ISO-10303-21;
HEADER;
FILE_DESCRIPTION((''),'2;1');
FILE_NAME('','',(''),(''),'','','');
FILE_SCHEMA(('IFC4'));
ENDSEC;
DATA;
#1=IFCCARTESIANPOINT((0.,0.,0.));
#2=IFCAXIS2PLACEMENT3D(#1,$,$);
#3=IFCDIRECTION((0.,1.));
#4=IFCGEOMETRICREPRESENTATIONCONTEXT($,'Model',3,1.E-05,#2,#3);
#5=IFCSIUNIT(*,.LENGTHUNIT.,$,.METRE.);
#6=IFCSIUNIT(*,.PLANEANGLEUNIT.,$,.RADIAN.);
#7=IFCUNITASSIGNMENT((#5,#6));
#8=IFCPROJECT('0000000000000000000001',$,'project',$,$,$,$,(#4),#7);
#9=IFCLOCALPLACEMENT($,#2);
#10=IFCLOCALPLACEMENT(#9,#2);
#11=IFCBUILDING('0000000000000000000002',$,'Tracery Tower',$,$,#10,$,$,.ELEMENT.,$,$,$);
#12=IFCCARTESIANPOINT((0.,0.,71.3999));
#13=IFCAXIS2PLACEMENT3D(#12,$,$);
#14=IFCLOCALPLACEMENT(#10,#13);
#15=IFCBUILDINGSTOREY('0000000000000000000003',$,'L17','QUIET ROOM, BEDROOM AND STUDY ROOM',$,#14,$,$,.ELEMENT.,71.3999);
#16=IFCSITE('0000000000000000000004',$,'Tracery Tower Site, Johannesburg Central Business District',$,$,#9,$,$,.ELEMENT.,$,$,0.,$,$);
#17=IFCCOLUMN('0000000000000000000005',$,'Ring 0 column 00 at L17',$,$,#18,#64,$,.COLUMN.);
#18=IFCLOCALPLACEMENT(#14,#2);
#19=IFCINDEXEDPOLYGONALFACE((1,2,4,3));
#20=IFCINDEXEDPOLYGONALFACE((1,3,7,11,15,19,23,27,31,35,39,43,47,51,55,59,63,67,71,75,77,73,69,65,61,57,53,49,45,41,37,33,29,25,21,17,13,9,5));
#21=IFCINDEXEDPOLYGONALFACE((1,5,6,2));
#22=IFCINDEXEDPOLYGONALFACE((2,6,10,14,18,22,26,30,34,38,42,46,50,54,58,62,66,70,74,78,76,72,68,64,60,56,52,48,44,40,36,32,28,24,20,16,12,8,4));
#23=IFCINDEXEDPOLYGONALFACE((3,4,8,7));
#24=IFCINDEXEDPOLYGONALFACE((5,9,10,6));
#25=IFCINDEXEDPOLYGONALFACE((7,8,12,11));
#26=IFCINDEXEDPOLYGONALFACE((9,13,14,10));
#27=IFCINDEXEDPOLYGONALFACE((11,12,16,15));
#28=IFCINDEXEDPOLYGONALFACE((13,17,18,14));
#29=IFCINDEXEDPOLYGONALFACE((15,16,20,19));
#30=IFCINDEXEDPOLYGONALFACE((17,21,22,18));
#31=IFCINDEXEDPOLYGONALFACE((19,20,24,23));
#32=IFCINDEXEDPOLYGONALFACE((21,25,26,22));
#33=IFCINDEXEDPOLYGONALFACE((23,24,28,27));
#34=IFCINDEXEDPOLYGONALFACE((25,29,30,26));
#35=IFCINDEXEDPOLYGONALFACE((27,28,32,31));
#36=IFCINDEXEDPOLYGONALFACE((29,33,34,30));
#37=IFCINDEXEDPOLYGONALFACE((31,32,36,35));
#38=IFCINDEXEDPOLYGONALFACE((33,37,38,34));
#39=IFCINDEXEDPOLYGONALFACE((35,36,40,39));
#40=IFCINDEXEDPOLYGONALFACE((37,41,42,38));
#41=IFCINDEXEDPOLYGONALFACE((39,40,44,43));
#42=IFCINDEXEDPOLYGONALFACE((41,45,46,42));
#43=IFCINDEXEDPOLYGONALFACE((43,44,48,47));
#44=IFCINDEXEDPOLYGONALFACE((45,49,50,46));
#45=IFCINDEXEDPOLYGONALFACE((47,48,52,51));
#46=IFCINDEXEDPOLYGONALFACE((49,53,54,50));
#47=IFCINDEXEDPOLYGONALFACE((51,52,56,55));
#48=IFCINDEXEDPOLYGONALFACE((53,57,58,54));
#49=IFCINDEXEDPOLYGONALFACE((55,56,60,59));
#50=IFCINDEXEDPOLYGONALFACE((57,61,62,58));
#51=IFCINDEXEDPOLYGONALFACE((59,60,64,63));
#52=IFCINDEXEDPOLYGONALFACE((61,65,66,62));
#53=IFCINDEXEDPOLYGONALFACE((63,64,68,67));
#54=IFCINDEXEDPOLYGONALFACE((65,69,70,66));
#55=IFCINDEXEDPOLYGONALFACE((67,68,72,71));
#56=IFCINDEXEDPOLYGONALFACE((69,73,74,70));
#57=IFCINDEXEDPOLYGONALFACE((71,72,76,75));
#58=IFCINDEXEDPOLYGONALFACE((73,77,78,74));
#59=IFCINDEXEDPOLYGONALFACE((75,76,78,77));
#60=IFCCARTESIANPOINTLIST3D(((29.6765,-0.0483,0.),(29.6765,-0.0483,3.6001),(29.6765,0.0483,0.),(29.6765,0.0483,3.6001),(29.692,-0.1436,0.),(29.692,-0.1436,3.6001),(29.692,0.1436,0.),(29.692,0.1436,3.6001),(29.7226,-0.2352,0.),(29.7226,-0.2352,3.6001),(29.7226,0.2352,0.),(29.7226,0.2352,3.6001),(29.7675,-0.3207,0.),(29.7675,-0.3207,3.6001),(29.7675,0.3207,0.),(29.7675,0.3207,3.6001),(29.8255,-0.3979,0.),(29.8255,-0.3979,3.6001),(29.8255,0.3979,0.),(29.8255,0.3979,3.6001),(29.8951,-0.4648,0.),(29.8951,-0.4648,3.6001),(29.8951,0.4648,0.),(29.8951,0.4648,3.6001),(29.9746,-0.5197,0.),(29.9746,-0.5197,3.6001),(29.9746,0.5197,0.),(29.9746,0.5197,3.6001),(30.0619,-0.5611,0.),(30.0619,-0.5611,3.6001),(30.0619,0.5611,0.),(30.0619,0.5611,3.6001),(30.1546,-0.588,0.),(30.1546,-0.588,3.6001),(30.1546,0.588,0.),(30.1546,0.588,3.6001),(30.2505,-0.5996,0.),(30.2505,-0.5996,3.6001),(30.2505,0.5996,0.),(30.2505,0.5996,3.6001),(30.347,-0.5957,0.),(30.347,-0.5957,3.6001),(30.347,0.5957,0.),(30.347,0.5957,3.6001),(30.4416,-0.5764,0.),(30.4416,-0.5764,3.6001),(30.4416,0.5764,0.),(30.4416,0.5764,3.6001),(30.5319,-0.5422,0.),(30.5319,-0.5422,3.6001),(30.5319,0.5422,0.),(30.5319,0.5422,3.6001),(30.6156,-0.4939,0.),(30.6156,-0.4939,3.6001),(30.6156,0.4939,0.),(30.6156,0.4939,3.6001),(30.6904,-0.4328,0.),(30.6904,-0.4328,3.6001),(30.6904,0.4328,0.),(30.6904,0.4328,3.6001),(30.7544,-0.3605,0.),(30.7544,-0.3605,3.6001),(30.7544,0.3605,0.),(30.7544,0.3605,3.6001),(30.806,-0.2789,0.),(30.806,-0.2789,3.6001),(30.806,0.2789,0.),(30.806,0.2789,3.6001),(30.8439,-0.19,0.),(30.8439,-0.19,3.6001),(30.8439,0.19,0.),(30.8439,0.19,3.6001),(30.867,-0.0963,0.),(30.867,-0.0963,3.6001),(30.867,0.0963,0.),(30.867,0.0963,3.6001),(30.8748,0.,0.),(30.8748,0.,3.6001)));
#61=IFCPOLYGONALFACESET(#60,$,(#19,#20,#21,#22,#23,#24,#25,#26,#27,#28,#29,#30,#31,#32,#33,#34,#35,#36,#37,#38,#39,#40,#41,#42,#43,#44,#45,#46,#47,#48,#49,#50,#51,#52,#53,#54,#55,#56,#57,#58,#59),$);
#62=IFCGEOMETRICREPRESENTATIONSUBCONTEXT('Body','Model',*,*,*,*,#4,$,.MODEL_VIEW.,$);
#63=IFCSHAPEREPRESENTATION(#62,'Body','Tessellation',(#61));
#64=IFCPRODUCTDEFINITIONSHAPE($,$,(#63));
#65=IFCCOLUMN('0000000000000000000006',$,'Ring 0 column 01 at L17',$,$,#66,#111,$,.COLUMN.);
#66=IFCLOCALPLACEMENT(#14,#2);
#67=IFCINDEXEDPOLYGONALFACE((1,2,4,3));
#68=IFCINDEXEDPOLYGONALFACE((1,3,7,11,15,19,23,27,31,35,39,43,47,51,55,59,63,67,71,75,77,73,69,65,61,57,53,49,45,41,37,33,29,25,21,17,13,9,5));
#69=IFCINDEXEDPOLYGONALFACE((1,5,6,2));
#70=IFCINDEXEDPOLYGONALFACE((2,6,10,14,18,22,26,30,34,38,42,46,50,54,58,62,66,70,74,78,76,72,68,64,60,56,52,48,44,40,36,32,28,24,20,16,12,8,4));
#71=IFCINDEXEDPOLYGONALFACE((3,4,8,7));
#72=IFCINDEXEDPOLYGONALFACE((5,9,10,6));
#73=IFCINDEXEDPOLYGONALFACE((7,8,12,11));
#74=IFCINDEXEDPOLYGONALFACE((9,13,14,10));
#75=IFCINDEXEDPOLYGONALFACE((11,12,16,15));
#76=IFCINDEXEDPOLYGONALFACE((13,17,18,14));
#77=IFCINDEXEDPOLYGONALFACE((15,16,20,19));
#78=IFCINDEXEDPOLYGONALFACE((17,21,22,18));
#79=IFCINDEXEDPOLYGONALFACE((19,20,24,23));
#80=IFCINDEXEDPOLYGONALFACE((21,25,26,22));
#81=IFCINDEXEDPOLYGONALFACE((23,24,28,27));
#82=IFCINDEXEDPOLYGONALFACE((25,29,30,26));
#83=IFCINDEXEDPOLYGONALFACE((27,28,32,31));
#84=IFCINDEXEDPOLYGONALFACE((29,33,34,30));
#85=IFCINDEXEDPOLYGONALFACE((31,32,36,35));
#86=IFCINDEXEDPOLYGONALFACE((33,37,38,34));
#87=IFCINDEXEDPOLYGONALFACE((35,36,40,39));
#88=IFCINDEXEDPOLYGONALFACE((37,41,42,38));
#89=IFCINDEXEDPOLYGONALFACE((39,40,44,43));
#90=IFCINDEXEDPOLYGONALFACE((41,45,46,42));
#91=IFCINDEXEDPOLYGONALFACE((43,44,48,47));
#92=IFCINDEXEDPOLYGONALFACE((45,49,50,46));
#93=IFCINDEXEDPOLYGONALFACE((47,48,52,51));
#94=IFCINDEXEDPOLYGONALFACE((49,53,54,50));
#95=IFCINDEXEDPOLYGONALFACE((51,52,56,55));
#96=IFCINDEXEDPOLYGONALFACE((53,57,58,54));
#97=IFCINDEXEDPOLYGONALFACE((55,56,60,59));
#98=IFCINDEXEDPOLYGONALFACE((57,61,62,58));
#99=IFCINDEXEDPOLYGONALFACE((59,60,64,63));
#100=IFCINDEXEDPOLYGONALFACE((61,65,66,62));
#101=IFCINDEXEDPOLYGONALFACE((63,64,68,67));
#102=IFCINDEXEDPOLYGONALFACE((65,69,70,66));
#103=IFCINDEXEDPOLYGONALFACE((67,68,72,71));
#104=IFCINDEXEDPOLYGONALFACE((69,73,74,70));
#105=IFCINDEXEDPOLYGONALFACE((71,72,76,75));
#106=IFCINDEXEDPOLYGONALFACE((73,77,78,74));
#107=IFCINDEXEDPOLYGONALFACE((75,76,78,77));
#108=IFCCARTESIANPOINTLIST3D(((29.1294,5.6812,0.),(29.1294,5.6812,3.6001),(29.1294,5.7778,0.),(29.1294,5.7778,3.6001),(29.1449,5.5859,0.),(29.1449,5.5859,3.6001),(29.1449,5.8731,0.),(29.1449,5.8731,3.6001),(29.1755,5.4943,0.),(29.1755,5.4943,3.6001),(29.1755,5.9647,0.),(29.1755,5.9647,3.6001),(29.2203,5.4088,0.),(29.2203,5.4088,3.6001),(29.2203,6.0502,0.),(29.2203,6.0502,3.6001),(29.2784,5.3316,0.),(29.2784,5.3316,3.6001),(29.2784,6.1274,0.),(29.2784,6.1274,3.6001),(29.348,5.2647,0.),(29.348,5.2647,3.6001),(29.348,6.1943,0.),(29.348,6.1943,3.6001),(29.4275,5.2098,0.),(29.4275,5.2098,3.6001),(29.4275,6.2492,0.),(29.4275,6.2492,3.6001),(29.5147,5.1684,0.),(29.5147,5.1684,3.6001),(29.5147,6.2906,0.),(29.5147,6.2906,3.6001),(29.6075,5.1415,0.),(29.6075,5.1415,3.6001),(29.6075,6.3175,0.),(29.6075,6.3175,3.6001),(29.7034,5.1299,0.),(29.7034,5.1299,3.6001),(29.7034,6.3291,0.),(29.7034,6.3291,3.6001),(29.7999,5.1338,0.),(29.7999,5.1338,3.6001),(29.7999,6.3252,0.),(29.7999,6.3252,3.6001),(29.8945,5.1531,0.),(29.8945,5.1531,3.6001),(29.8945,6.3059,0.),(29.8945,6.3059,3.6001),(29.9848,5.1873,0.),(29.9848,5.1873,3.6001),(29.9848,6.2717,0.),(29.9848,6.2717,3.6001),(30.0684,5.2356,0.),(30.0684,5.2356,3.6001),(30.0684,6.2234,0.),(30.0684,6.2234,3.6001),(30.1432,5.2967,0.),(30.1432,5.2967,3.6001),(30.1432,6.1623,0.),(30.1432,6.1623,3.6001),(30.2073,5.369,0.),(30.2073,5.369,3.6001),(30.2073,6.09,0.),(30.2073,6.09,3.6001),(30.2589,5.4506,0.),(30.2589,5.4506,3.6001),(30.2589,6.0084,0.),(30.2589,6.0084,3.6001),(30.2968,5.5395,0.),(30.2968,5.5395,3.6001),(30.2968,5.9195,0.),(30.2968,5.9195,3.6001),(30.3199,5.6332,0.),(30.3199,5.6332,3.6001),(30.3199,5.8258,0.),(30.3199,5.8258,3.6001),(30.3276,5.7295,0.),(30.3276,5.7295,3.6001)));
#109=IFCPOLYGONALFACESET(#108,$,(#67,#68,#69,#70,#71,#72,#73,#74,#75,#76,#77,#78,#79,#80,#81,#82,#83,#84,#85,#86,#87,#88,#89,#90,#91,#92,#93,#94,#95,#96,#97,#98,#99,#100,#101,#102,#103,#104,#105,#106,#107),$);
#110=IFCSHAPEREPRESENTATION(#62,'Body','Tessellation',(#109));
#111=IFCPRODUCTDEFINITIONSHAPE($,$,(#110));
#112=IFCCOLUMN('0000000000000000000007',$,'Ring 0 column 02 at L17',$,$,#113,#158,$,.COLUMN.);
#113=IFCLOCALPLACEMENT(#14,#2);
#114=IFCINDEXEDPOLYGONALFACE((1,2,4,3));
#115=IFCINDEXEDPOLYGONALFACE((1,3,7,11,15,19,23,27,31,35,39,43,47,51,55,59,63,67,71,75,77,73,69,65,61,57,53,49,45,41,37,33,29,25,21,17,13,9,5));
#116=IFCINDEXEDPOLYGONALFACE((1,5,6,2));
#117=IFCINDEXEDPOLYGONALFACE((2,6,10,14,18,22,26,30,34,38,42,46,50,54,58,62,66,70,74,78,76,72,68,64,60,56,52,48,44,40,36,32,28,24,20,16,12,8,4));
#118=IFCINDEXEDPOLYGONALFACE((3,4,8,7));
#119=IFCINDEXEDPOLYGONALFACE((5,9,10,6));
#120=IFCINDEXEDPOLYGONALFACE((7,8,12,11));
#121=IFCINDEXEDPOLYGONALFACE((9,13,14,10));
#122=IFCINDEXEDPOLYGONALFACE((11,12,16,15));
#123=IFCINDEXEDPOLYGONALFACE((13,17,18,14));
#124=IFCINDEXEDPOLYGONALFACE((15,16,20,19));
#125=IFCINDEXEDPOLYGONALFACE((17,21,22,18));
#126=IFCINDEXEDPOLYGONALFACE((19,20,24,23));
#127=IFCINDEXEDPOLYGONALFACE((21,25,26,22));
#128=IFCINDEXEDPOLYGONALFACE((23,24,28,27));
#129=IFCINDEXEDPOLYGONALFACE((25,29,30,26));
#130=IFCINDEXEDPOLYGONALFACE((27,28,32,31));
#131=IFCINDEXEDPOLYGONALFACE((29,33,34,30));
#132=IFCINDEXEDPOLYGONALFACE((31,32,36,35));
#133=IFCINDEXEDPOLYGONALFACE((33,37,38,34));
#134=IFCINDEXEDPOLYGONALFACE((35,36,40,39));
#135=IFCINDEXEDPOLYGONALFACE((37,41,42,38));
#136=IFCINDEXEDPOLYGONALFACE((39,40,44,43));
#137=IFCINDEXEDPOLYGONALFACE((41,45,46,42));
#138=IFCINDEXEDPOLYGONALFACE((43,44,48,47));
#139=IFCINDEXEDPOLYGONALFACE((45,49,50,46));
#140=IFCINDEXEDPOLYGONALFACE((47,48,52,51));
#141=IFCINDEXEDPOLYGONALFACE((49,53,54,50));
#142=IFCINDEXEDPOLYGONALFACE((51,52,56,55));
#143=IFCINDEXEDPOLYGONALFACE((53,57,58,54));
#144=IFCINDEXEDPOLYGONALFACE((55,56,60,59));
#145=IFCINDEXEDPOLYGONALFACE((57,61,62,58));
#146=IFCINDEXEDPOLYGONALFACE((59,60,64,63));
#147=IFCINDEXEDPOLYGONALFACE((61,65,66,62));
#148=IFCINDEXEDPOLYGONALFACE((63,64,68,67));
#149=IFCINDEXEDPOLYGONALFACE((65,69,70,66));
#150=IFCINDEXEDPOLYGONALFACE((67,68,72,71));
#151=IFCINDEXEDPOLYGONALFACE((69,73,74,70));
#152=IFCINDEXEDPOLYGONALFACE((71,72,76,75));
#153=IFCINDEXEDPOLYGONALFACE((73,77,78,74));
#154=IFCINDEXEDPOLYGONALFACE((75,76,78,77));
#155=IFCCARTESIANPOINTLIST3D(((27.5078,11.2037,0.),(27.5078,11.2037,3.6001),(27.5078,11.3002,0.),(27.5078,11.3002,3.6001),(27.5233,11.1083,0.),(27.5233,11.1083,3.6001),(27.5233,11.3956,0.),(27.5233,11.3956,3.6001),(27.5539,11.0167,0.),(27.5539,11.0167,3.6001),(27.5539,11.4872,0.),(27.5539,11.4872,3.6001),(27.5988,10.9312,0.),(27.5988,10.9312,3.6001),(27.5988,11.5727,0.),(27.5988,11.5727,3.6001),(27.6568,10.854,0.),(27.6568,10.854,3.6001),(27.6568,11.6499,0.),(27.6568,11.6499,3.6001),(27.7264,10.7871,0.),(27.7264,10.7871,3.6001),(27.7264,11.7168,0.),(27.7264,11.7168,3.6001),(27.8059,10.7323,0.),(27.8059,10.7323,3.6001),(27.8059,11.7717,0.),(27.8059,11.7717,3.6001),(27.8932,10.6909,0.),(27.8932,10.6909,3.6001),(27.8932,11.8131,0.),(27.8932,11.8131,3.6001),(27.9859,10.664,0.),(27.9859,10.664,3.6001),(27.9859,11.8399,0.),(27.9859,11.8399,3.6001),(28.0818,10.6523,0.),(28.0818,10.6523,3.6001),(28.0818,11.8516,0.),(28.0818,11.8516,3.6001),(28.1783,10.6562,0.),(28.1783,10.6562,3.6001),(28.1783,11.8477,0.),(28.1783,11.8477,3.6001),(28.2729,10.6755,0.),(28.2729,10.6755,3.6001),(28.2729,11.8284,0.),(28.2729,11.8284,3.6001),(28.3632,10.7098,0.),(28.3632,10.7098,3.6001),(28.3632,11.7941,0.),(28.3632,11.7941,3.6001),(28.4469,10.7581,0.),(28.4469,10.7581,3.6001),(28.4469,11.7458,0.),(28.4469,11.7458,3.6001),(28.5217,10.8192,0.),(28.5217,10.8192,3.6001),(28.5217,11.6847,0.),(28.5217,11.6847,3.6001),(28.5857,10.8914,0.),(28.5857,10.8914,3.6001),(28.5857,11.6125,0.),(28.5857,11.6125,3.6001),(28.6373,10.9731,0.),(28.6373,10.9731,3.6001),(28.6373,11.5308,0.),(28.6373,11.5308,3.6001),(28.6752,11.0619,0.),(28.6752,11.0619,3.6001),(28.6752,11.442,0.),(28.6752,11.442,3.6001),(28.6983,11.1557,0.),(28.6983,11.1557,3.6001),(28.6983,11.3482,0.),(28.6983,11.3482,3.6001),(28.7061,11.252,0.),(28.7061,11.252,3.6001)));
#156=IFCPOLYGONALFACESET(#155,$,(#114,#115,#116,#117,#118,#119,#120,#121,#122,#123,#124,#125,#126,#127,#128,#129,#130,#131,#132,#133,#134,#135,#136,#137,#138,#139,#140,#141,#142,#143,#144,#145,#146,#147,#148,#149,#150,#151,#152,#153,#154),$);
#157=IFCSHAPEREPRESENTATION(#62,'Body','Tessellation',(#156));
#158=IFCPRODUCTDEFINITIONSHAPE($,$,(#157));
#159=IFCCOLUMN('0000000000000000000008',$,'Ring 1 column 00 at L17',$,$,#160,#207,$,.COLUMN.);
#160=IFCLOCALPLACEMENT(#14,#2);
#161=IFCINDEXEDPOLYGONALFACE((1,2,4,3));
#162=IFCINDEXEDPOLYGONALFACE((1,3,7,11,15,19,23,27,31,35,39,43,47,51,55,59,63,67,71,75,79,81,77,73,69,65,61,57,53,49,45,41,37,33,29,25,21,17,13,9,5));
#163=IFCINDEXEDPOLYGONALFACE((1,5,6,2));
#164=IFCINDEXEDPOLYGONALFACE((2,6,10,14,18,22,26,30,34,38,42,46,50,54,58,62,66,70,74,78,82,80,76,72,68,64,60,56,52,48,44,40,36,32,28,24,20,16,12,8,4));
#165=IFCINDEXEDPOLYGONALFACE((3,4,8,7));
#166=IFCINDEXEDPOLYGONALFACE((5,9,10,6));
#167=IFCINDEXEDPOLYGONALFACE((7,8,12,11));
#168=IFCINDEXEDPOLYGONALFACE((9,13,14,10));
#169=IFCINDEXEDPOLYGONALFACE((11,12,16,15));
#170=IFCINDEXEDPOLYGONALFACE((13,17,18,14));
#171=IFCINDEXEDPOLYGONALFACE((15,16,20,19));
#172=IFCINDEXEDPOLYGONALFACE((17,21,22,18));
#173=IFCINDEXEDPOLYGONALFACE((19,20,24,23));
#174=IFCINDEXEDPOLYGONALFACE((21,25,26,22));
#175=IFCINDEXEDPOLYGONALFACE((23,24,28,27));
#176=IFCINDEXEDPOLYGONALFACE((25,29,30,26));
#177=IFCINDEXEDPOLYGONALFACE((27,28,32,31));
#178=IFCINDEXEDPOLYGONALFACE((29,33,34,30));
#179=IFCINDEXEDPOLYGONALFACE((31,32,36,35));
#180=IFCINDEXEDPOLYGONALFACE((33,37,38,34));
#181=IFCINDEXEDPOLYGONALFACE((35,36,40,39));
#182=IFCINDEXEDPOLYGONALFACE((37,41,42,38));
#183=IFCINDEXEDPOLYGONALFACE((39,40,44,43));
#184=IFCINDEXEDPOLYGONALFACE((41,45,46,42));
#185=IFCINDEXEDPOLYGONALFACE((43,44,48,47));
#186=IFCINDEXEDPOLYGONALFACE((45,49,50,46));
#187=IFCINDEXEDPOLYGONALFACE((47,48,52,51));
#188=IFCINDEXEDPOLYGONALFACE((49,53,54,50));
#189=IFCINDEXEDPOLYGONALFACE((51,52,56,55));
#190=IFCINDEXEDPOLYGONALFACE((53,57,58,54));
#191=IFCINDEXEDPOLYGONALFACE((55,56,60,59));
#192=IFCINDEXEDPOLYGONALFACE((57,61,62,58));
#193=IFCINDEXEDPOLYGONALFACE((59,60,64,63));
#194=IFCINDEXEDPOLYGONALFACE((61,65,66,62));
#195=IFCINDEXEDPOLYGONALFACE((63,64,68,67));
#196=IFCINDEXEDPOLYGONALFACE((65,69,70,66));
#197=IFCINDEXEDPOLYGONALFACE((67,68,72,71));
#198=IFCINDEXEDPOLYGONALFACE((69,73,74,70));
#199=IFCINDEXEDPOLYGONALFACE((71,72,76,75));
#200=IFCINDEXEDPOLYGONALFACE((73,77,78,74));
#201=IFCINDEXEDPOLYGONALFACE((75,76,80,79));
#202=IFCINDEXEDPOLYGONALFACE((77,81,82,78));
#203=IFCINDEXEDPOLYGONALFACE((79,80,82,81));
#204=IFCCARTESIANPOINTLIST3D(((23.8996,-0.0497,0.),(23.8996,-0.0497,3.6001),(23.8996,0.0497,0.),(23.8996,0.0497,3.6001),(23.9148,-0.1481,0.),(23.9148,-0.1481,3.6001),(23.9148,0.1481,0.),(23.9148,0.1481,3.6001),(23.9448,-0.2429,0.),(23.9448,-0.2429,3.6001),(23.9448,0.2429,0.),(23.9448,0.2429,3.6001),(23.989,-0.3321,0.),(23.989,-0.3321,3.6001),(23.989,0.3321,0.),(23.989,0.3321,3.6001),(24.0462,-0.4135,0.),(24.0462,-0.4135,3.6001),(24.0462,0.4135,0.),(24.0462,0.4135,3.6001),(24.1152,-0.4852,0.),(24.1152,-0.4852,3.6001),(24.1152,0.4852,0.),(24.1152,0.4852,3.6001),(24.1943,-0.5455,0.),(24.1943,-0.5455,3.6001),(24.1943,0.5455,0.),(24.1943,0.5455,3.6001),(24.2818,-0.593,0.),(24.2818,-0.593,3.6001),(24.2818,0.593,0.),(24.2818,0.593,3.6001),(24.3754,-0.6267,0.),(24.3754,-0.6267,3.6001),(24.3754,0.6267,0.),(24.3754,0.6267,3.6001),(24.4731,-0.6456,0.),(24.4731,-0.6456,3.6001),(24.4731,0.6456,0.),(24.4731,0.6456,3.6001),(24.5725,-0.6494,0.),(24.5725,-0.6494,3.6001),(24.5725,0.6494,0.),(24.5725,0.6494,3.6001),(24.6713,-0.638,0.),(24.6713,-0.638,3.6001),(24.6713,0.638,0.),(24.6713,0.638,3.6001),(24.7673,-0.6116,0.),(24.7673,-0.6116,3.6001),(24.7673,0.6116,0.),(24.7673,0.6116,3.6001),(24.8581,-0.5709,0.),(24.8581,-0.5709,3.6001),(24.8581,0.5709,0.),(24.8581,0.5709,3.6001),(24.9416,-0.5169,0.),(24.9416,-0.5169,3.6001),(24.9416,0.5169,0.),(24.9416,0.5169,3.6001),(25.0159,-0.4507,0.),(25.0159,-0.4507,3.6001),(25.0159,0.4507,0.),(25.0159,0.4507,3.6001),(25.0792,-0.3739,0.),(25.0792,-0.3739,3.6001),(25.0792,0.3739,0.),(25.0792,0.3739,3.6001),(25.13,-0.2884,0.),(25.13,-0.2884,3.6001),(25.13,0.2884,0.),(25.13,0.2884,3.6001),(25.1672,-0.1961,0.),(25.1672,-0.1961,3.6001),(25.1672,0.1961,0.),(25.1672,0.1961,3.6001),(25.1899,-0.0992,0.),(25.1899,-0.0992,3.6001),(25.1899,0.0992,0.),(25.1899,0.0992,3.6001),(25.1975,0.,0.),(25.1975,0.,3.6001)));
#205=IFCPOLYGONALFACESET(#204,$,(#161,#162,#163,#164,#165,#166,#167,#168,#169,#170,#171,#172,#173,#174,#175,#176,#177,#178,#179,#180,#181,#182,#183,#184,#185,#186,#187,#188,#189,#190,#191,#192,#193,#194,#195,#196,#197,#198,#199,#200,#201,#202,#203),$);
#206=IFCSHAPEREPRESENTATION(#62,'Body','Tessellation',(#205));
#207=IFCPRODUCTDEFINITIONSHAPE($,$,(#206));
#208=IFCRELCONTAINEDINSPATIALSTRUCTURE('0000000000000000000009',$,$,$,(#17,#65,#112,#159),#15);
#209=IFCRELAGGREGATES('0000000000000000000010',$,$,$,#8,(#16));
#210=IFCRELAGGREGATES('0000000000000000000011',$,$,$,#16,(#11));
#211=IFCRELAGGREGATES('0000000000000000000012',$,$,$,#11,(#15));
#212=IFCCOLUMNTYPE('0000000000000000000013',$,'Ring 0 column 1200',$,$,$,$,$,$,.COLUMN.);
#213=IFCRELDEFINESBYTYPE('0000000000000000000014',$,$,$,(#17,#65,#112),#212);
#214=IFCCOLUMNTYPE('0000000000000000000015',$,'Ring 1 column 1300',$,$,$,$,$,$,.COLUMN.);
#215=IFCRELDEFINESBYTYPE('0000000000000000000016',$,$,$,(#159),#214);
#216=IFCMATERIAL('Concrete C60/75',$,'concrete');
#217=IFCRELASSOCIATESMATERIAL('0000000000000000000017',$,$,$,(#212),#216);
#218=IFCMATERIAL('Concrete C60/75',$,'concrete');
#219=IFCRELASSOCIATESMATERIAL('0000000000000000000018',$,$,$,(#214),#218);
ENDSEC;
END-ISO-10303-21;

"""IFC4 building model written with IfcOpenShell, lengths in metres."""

from ifc_helpers import new_model, si_unit, direction, frame, origin, origin_2d, place, context, subcontext, project, spatial, circle, extrude, material, material_profile, profile_set, type_object, element, save


model = new_model("IFC4")

# Units and contexts
model_context = context("Model", 3, precision=1e-05, world=origin(), true_north=direction((0.0, 1.0)))
body_context = subcontext(model_context, "Body", "Model", "MODEL_VIEW")
ifc_project = project(units=[si_unit("LENGTHUNIT", "METRE"), si_unit("PLANEANGLEUNIT", "RADIAN")], contexts=[model_context])

# Site, building, storey
site_placement = place(None, origin())
site = spatial("IfcSite", under=ifc_project, at=site_placement, Name="Tracery Tower Site, Johannesburg Central Business District", CompositionType="ELEMENT", RefElevation=0.0)
building_placement = place(site_placement, origin())
building = spatial("IfcBuilding", under=site, at=building_placement, Name="Tracery Tower", CompositionType="ELEMENT")
storey_placement = place(building_placement, frame((0.0, 0.0, 71.3999)))
storey = spatial("IfcBuildingStorey", under=building, at=storey_placement, Name="L17", Description="QUIET ROOM, BEDROOM AND STUDY ROOM", CompositionType="ELEMENT", Elevation=71.3999)

# Columns
ifc_material_1 = material(Name="Concrete C60/75", Category="concrete")
ifc_material_profile_1 = material_profile(ifc_material_1, circle(Radius=0.6001, at=origin_2d()), Name="RC D1200")
ifc_profile_set_1 = profile_set([ifc_material_profile_1], Name="Concrete C60/75")
column_type_1 = type_object("IfcColumnType", Name="Ring 0 column 1200", PredefinedType="COLUMN", material=ifc_profile_set_1)
for number, where, z_axis, x_axis, name in (
    (1, (30.2747, 0.0, 0.0), (0.0, 0.0, 1.0), (1.0, 0.0, 0.0), "Ring 0 column 00 at L17"),
    (2, (29.7275, 5.7295, 0.0), (0.0, 0.0, 1.0), (1.0, 0.0, 0.0), "Ring 0 column 01 at L17"),
    (3, (28.106, 11.252, 0.0), (0.0, 0.0, 1.0), (1.0, 0.0, 0.0), "Ring 0 column 02 at L17"),
):
    element("IfcColumn", number, at=place(storey_placement, frame(where, z_axis=z_axis, x_axis=x_axis)), inside=storey, type_object=column_type_1, Name=name, PredefinedType="COLUMN", context=body_context, shape_type="SweptSolid", body=[
        extrude(circle(Radius=0.6001, at=origin_2d()), origin(), (0.0, 0.0, 1.0), 3.6001),
    ])
ifc_material_2 = material(Name="Concrete C60/75", Category="concrete")
ifc_material_profile_2 = material_profile(ifc_material_2, circle(Radius=0.6499, at=origin_2d()), Name="RC D1300")
ifc_profile_set_2 = profile_set([ifc_material_profile_2], Name="Concrete C60/75")
column_type_2 = type_object("IfcColumnType", Name="Ring 1 column 1300", PredefinedType="COLUMN", material=ifc_profile_set_2)
for number, where, z_axis, x_axis, name in (
    (4, (24.5476, 0.0, 0.0), (0.0, 0.0, 1.0), (1.0, 0.0, 0.0), "Ring 1 column 00 at L17"),
):
    element("IfcColumn", number, at=place(storey_placement, frame(where, z_axis=z_axis, x_axis=x_axis)), inside=storey, type_object=column_type_2, Name=name, PredefinedType="COLUMN", context=body_context, shape_type="SweptSolid", body=[
        extrude(circle(Radius=0.6499, at=origin_2d()), origin(), (0.0, 0.0, 1.0), 3.6001),
    ])

save(model, "model.ifc")
